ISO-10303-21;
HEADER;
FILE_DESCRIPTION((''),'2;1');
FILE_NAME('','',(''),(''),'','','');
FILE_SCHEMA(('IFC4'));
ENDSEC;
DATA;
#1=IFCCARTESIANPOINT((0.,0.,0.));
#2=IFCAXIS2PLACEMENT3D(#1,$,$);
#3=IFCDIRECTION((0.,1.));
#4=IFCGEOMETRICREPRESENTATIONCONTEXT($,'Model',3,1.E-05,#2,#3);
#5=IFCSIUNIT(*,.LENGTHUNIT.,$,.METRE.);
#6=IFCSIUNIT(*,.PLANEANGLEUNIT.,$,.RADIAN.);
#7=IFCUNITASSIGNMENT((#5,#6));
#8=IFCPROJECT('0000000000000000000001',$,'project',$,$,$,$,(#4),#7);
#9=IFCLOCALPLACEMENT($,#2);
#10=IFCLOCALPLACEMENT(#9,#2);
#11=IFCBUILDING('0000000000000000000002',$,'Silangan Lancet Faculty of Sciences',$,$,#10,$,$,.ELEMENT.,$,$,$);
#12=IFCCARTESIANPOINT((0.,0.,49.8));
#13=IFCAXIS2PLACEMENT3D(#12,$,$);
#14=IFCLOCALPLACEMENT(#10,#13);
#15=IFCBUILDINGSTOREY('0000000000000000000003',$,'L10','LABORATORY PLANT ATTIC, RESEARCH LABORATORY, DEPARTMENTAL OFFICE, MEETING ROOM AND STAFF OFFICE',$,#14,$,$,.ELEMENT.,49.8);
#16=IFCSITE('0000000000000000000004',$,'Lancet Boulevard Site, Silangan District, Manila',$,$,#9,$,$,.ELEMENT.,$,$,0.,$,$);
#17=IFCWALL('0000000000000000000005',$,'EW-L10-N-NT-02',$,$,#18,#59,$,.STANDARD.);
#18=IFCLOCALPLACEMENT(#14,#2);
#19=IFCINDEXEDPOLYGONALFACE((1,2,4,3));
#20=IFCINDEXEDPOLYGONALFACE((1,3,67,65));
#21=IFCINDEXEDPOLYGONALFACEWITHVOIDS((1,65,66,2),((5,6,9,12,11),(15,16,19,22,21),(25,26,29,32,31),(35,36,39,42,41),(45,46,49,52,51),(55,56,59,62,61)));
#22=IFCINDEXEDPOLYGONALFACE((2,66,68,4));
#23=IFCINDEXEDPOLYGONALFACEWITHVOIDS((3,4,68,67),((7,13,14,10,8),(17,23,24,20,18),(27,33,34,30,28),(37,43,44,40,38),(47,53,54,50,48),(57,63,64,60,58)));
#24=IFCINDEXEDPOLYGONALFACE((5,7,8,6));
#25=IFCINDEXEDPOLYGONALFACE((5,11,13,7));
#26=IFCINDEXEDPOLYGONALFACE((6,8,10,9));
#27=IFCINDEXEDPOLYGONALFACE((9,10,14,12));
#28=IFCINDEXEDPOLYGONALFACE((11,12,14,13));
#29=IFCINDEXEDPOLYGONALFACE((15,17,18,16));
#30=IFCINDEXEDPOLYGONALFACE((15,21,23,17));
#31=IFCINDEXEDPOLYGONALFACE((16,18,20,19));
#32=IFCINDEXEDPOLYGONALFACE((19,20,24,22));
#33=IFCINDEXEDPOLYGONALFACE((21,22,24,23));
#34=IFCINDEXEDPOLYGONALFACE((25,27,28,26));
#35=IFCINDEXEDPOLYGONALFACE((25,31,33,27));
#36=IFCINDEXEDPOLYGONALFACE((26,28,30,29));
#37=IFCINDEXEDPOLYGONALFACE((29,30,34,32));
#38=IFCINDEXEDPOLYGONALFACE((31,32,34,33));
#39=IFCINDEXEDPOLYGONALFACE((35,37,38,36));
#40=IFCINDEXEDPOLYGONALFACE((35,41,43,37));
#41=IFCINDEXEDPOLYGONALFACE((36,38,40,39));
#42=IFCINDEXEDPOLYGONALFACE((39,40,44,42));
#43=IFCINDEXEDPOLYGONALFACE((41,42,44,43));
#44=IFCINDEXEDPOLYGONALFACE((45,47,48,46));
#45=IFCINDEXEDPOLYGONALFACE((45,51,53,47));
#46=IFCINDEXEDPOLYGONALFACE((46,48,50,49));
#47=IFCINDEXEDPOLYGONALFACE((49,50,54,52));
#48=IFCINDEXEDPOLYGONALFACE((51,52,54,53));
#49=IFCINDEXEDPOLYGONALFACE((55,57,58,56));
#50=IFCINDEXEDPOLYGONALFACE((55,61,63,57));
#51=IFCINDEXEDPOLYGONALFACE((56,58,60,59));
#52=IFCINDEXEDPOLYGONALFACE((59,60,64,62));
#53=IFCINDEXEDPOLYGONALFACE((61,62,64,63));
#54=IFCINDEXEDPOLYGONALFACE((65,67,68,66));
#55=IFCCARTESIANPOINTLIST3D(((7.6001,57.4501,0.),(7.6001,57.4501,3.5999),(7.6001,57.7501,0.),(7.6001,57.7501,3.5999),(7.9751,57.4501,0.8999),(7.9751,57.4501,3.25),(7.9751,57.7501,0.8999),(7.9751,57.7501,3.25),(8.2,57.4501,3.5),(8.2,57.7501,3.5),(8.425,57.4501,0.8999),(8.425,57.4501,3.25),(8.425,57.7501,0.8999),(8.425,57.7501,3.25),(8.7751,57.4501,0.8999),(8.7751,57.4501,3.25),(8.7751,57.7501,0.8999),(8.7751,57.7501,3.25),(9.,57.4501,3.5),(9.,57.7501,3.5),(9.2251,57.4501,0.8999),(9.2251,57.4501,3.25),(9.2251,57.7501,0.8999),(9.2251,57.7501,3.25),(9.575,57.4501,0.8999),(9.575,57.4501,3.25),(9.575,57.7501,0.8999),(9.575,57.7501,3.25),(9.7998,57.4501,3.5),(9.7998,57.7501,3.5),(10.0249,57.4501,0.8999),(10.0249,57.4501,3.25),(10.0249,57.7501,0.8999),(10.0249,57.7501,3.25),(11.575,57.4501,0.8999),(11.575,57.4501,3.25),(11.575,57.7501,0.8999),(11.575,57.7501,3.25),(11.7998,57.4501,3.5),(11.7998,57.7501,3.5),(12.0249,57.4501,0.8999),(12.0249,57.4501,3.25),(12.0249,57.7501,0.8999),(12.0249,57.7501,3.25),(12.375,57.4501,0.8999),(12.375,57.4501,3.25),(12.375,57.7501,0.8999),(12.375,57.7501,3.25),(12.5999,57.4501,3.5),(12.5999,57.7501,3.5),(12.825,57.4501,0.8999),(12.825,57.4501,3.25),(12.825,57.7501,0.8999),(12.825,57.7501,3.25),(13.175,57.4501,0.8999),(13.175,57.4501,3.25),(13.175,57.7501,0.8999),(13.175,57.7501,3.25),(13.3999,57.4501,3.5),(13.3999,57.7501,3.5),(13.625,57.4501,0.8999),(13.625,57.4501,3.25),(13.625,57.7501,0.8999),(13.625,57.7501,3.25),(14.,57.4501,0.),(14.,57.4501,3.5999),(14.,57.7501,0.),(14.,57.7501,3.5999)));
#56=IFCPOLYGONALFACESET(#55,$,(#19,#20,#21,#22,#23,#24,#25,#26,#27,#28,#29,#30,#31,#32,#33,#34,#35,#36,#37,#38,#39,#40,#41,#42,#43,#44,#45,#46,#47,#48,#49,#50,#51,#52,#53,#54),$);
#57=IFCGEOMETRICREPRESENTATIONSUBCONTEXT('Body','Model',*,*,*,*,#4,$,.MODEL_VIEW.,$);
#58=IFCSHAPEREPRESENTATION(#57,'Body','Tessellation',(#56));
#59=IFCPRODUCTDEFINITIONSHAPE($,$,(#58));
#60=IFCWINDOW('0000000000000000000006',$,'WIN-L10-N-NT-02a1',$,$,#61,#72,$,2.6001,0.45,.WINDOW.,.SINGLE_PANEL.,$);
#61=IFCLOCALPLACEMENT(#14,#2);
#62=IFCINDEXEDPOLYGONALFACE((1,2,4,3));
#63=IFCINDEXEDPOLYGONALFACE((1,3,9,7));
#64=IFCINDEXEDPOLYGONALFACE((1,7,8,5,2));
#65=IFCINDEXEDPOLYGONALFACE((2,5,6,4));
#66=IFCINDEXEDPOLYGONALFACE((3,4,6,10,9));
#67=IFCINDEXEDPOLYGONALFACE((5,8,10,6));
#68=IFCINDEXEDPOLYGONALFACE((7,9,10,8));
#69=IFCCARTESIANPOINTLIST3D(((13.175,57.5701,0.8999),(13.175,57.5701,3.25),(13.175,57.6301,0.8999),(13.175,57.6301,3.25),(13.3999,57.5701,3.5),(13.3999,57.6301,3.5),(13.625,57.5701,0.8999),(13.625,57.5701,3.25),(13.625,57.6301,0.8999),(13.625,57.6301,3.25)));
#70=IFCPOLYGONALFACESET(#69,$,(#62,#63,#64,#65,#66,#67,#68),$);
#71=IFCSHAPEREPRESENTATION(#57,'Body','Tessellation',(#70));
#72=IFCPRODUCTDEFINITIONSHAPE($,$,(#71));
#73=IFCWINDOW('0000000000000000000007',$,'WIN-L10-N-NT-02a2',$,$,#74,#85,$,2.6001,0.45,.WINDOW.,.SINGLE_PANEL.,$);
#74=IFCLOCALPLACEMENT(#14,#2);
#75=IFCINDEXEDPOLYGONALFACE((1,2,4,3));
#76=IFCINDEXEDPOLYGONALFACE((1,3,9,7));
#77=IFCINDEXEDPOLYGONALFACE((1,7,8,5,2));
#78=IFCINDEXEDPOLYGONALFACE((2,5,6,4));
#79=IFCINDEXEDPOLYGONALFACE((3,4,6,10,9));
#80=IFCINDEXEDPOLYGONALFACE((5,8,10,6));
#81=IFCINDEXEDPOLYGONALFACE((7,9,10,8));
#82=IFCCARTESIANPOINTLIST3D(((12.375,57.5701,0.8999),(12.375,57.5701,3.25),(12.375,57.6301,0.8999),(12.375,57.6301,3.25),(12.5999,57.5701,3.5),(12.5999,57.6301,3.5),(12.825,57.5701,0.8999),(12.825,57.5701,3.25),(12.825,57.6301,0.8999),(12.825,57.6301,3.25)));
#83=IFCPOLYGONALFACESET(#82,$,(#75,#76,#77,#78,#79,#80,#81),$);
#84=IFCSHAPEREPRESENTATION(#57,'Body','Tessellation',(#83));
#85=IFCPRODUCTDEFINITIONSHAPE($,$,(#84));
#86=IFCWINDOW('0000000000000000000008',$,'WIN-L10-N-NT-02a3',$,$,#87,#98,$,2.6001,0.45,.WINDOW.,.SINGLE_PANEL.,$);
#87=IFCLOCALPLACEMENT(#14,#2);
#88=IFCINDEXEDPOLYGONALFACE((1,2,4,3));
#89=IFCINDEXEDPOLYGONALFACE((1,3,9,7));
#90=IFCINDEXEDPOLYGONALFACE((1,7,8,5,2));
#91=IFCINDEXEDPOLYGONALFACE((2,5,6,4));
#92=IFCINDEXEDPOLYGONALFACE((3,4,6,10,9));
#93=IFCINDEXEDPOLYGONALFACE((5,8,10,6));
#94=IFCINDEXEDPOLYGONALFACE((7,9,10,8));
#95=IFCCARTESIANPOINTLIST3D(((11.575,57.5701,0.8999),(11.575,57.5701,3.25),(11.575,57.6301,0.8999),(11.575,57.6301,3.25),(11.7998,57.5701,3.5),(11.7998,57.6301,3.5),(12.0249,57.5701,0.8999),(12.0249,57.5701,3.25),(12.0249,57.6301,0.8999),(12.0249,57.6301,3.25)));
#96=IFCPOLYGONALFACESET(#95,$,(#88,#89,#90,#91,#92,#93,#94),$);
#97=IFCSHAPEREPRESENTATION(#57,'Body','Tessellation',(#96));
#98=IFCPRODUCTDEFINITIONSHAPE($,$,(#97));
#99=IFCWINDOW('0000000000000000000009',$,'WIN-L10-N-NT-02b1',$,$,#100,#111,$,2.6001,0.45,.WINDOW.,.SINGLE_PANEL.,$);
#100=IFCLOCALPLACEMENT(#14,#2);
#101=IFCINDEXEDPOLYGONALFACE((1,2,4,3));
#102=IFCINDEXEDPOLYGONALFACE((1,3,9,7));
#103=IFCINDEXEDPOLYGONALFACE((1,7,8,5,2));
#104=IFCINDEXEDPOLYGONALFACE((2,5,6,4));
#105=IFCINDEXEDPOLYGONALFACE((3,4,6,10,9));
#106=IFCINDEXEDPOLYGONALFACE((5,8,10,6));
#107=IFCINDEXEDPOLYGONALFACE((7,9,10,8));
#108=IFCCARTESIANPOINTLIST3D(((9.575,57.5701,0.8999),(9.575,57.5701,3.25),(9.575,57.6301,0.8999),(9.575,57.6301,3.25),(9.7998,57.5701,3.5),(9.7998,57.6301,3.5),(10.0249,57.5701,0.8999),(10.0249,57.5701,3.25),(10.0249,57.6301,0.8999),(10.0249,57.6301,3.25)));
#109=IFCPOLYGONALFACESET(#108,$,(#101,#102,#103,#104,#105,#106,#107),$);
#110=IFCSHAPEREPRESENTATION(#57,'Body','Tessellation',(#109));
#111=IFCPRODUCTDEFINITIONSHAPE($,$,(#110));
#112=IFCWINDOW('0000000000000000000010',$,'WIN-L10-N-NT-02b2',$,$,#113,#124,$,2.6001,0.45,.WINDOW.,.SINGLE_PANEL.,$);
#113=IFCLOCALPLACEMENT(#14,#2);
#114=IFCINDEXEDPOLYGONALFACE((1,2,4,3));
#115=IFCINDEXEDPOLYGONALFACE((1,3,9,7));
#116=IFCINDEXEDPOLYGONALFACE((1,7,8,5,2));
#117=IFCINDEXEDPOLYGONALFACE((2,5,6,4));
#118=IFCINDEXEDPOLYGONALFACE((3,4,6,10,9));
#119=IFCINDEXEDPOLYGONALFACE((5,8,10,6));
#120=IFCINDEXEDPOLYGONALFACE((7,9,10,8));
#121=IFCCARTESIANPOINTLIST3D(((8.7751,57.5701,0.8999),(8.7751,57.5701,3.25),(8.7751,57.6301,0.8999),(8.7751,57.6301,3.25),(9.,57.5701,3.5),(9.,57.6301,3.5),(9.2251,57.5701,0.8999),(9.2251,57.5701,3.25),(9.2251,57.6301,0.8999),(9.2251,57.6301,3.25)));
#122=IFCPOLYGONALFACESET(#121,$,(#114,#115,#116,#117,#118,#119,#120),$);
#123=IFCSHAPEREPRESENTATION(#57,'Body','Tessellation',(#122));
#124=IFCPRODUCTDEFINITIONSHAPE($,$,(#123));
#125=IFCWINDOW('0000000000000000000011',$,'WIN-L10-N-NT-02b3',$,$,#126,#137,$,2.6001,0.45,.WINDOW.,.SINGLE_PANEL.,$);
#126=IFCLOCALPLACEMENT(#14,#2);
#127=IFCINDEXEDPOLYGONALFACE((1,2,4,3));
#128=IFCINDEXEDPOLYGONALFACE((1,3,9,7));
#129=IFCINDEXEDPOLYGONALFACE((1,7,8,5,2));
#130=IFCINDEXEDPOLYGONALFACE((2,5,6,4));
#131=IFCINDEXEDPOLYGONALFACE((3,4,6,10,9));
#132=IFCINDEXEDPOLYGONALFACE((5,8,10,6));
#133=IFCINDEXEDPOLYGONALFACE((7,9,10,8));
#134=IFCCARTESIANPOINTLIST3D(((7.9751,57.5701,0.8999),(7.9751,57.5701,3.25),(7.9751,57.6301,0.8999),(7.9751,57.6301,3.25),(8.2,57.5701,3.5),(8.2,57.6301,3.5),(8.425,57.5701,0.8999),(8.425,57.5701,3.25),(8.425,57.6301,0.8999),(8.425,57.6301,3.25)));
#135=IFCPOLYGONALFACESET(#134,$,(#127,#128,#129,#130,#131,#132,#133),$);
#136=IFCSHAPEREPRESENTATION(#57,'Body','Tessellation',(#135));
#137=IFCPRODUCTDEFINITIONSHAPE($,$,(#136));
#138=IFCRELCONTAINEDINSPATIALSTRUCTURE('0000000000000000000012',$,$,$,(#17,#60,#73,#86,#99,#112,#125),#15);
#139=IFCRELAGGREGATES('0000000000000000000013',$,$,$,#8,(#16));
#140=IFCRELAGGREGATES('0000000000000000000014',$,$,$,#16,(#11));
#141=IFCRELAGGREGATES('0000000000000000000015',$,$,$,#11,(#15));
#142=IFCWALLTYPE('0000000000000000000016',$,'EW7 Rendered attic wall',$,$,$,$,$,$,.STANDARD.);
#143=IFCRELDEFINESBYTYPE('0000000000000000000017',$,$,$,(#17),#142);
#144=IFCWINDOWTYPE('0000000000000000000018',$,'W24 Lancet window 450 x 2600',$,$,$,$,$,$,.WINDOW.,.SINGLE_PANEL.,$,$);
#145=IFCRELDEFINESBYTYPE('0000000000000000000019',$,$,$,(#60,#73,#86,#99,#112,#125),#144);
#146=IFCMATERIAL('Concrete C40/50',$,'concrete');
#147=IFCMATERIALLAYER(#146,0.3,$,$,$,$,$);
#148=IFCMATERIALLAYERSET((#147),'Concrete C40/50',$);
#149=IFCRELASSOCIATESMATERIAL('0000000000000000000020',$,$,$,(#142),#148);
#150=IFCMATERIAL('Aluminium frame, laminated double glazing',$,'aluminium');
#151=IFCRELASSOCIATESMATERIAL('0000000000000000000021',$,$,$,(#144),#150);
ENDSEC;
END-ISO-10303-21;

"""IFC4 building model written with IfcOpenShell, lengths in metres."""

from ifc_helpers import new_model, si_unit, direction, frame, frame_2d, origin, place, context, subcontext, project, spatial, polyline, rectangle, outline, extrude, material, layer, layer_set, type_object, element, fill, save


model = new_model("IFC4")

# Units and contexts
model_context = context("Model", 3, precision=1e-05, world=origin(), true_north=direction((0.0, 1.0)))
body_context = subcontext(model_context, "Body", "Model", "MODEL_VIEW")
ifc_project = project(units=[si_unit("LENGTHUNIT", "METRE"), si_unit("PLANEANGLEUNIT", "RADIAN")], contexts=[model_context])

# Site, building, storey
site_placement = place(None, origin())
site = spatial("IfcSite", under=ifc_project, at=site_placement, Name="Lancet Boulevard Site, Silangan District, Manila", CompositionType="ELEMENT", RefElevation=0.0)
building_placement = place(site_placement, origin())
building = spatial("IfcBuilding", under=site, at=building_placement, Name="Silangan Lancet Faculty of Sciences", CompositionType="ELEMENT")
storey_placement = place(building_placement, frame((0.0, 0.0, 49.8)))
storey = spatial("IfcBuildingStorey", under=building, at=storey_placement, Name="L10", Description="LABORATORY PLANT ATTIC, RESEARCH LABORATORY, DEPARTMENTAL OFFICE, MEETING ROOM AND STAFF OFFICE", CompositionType="ELEMENT", Elevation=49.8)

# Wall, openings, windows
ifc_material_1 = material(Name="Concrete C40/50", Category="concrete")
ifc_layer_1 = layer(ifc_material_1, 0.3)
ifc_layer_set_1 = layer_set([ifc_layer_1], Name="Concrete C40/50")
wall_type_1 = type_object("IfcWallType", Name="EW7 Rendered attic wall", PredefinedType="STANDARD", material=ifc_layer_set_1)
wall_1_placement = place(storey_placement, frame((14.0, 57.6001, 0.0), z_axis=(0.0, 0.0, 1.0), x_axis=(-1.0, 0.0, 0.0)))
wall_1 = element("IfcWall", 1, at=wall_1_placement, inside=storey, type_object=wall_type_1, Name="EW-L10-N-NT-02", PredefinedType="STANDARD", context=body_context, shape_type="SweptSolid", body=[
    extrude(rectangle(XDim=6.3999, YDim=0.3, at=frame_2d((3.2, 0.0))), origin(), (0.0, 0.0, 1.0), 3.5999),
])
opening_1_placement = place(wall_1_placement, frame((0.375, 0.0, 0.8999)))
opening_1 = element("IfcOpeningElement", 2, at=opening_1_placement, cuts=wall_1, PredefinedType="OPENING", context=body_context, shape_type="SweptSolid", body=[
    extrude(outline(polyline([(0.0, 0.0), (0.45, 0.0), (0.45, 2.3501), (0.2251, 2.6001), (0.0, 2.3501), (0.0, 0.0)])), frame((0.0, 0.1599, 0.0), z_axis=(0.0, -1.0, 0.0), x_axis=(1.0, 0.0, 0.0)), (0.0, 0.0, 1.0), 0.3201),
])
opening_2_placement = place(wall_1_placement, frame((1.175, 0.0, 0.8999)))
opening_2 = element("IfcOpeningElement", 3, at=opening_2_placement, cuts=wall_1, PredefinedType="OPENING", context=body_context, shape_type="SweptSolid", body=[
    extrude(outline(polyline([(0.0, 0.0), (0.45, 0.0), (0.45, 2.3501), (0.2251, 2.6001), (0.0, 2.3501), (0.0, 0.0)])), frame((0.0, 0.1599, 0.0), z_axis=(0.0, -1.0, 0.0), x_axis=(1.0, 0.0, 0.0)), (0.0, 0.0, 1.0), 0.3201),
])
opening_3_placement = place(wall_1_placement, frame((1.9751, 0.0, 0.8999)))
opening_3 = element("IfcOpeningElement", 4, at=opening_3_placement, cuts=wall_1, PredefinedType="OPENING", context=body_context, shape_type="SweptSolid", body=[
    extrude(outline(polyline([(0.0, 0.0), (0.45, 0.0), (0.45, 2.3501), (0.2251, 2.6001), (0.0, 2.3501), (0.0, 0.0)])), frame((0.0, 0.1599, 0.0), z_axis=(0.0, -1.0, 0.0), x_axis=(1.0, 0.0, 0.0)), (0.0, 0.0, 1.0), 0.3201),
])
opening_4_placement = place(wall_1_placement, frame((3.9751, 0.0, 0.8999)))
opening_4 = element("IfcOpeningElement", 5, at=opening_4_placement, cuts=wall_1, PredefinedType="OPENING", context=body_context, shape_type="SweptSolid", body=[
    extrude(outline(polyline([(0.0, 0.0), (0.45, 0.0), (0.45, 2.3501), (0.2251, 2.6001), (0.0, 2.3501), (0.0, 0.0)])), frame((0.0, 0.1599, 0.0), z_axis=(0.0, -1.0, 0.0), x_axis=(1.0, 0.0, 0.0)), (0.0, 0.0, 1.0), 0.3201),
])
opening_5_placement = place(wall_1_placement, frame((4.7749, 0.0, 0.8999)))
opening_5 = element("IfcOpeningElement", 6, at=opening_5_placement, cuts=wall_1, PredefinedType="OPENING", context=body_context, shape_type="SweptSolid", body=[
    extrude(outline(polyline([(0.0, 0.0), (0.45, 0.0), (0.45, 2.3501), (0.2251, 2.6001), (0.0, 2.3501), (0.0, 0.0)])), frame((0.0, 0.1599, 0.0), z_axis=(0.0, -1.0, 0.0), x_axis=(1.0, 0.0, 0.0)), (0.0, 0.0, 1.0), 0.3201),
])
opening_6_placement = place(wall_1_placement, frame((5.575, 0.0, 0.8999)))
opening_6 = element("IfcOpeningElement", 7, at=opening_6_placement, cuts=wall_1, PredefinedType="OPENING", context=body_context, shape_type="SweptSolid", body=[
    extrude(outline(polyline([(0.0, 0.0), (0.45, 0.0), (0.45, 2.3501), (0.2251, 2.6001), (0.0, 2.3501), (0.0, 0.0)])), frame((0.0, 0.1599, 0.0), z_axis=(0.0, -1.0, 0.0), x_axis=(1.0, 0.0, 0.0)), (0.0, 0.0, 1.0), 0.3201),
])
ifc_material_2 = material(Name="Aluminium frame, laminated double glazing", Category="aluminium")
window_type = type_object("IfcWindowType", Name="W24 Lancet window 450 x 2600", PartitioningType="SINGLE_PANEL", PredefinedType="WINDOW", material=ifc_material_2)
window_1_placement = place(opening_1_placement, origin())
window_1 = element("IfcWindow", 8, at=window_1_placement, inside=storey, type_object=window_type, Name="WIN-L10-N-NT-02a1", OverallHeight=2.6001, OverallWidth=0.45, PartitioningType="SINGLE_PANEL", PredefinedType="WINDOW", context=body_context, shape_type="SweptSolid", body=[
    extrude(outline(polyline([(0.0, 0.0), (0.45, 0.0), (0.45, 2.3501), (0.2251, 2.6001), (0.0, 2.3501), (0.0, 0.0)])), frame((0.0, 0.03, 0.0), z_axis=(0.0, -1.0, 0.0), x_axis=(1.0, 0.0, 0.0)), (0.0, 0.0, 1.0), 0.0601),
])
fill(opening_1, window_1)
window_2_placement = place(opening_2_placement, origin())
window_2 = element("IfcWindow", 9, at=window_2_placement, inside=storey, type_object=window_type, Name="WIN-L10-N-NT-02a2", OverallHeight=2.6001, OverallWidth=0.45, PartitioningType="SINGLE_PANEL", PredefinedType="WINDOW", context=body_context, shape_type="SweptSolid", body=[
    extrude(outline(polyline([(0.0, 0.0), (0.45, 0.0), (0.45, 2.3501), (0.2251, 2.6001), (0.0, 2.3501), (0.0, 0.0)])), frame((0.0, 0.03, 0.0), z_axis=(0.0, -1.0, 0.0), x_axis=(1.0, 0.0, 0.0)), (0.0, 0.0, 1.0), 0.0601),
])
fill(opening_2, window_2)
window_3_placement = place(opening_3_placement, origin())
window_3 = element("IfcWindow", 10, at=window_3_placement, inside=storey, type_object=window_type, Name="WIN-L10-N-NT-02a3", OverallHeight=2.6001, OverallWidth=0.45, PartitioningType="SINGLE_PANEL", PredefinedType="WINDOW", context=body_context, shape_type="SweptSolid", body=[
    extrude(outline(polyline([(0.0, 0.0), (0.45, 0.0), (0.45, 2.3501), (0.2251, 2.6001), (0.0, 2.3501), (0.0, 0.0)])), frame((0.0, 0.03, 0.0), z_axis=(0.0, -1.0, 0.0), x_axis=(1.0, 0.0, 0.0)), (0.0, 0.0, 1.0), 0.0601),
])
fill(opening_3, window_3)
window_4_placement = place(opening_4_placement, origin())
window_4 = element("IfcWindow", 11, at=window_4_placement, inside=storey, type_object=window_type, Name="WIN-L10-N-NT-02b1", OverallHeight=2.6001, OverallWidth=0.45, PartitioningType="SINGLE_PANEL", PredefinedType="WINDOW", context=body_context, shape_type="SweptSolid", body=[
    extrude(outline(polyline([(0.0, 0.0), (0.45, 0.0), (0.45, 2.3501), (0.2251, 2.6001), (0.0, 2.3501), (0.0, 0.0)])), frame((0.0, 0.03, 0.0), z_axis=(0.0, -1.0, 0.0), x_axis=(1.0, 0.0, 0.0)), (0.0, 0.0, 1.0), 0.0601),
])
fill(opening_4, window_4)
window_5_placement = place(opening_5_placement, origin())
window_5 = element("IfcWindow", 12, at=window_5_placement, inside=storey, type_object=window_type, Name="WIN-L10-N-NT-02b2", OverallHeight=2.6001, OverallWidth=0.45, PartitioningType="SINGLE_PANEL", PredefinedType="WINDOW", context=body_context, shape_type="SweptSolid", body=[
    extrude(outline(polyline([(0.0, 0.0), (0.45, 0.0), (0.45, 2.3501), (0.2251, 2.6001), (0.0, 2.3501), (0.0, 0.0)])), frame((0.0, 0.03, 0.0), z_axis=(0.0, -1.0, 0.0), x_axis=(1.0, 0.0, 0.0)), (0.0, 0.0, 1.0), 0.0601),
])
fill(opening_5, window_5)
window_6_placement = place(opening_6_placement, origin())
window_6 = element("IfcWindow", 13, at=window_6_placement, inside=storey, type_object=window_type, Name="WIN-L10-N-NT-02b3", OverallHeight=2.6001, OverallWidth=0.45, PartitioningType="SINGLE_PANEL", PredefinedType="WINDOW", context=body_context, shape_type="SweptSolid", body=[
    extrude(outline(polyline([(0.0, 0.0), (0.45, 0.0), (0.45, 2.3501), (0.2251, 2.6001), (0.0, 2.3501), (0.0, 0.0)])), frame((0.0, 0.03, 0.0), z_axis=(0.0, -1.0, 0.0), x_axis=(1.0, 0.0, 0.0)), (0.0, 0.0, 1.0), 0.0601),
])
fill(opening_6, window_6)

save(model, "model.ifc")
